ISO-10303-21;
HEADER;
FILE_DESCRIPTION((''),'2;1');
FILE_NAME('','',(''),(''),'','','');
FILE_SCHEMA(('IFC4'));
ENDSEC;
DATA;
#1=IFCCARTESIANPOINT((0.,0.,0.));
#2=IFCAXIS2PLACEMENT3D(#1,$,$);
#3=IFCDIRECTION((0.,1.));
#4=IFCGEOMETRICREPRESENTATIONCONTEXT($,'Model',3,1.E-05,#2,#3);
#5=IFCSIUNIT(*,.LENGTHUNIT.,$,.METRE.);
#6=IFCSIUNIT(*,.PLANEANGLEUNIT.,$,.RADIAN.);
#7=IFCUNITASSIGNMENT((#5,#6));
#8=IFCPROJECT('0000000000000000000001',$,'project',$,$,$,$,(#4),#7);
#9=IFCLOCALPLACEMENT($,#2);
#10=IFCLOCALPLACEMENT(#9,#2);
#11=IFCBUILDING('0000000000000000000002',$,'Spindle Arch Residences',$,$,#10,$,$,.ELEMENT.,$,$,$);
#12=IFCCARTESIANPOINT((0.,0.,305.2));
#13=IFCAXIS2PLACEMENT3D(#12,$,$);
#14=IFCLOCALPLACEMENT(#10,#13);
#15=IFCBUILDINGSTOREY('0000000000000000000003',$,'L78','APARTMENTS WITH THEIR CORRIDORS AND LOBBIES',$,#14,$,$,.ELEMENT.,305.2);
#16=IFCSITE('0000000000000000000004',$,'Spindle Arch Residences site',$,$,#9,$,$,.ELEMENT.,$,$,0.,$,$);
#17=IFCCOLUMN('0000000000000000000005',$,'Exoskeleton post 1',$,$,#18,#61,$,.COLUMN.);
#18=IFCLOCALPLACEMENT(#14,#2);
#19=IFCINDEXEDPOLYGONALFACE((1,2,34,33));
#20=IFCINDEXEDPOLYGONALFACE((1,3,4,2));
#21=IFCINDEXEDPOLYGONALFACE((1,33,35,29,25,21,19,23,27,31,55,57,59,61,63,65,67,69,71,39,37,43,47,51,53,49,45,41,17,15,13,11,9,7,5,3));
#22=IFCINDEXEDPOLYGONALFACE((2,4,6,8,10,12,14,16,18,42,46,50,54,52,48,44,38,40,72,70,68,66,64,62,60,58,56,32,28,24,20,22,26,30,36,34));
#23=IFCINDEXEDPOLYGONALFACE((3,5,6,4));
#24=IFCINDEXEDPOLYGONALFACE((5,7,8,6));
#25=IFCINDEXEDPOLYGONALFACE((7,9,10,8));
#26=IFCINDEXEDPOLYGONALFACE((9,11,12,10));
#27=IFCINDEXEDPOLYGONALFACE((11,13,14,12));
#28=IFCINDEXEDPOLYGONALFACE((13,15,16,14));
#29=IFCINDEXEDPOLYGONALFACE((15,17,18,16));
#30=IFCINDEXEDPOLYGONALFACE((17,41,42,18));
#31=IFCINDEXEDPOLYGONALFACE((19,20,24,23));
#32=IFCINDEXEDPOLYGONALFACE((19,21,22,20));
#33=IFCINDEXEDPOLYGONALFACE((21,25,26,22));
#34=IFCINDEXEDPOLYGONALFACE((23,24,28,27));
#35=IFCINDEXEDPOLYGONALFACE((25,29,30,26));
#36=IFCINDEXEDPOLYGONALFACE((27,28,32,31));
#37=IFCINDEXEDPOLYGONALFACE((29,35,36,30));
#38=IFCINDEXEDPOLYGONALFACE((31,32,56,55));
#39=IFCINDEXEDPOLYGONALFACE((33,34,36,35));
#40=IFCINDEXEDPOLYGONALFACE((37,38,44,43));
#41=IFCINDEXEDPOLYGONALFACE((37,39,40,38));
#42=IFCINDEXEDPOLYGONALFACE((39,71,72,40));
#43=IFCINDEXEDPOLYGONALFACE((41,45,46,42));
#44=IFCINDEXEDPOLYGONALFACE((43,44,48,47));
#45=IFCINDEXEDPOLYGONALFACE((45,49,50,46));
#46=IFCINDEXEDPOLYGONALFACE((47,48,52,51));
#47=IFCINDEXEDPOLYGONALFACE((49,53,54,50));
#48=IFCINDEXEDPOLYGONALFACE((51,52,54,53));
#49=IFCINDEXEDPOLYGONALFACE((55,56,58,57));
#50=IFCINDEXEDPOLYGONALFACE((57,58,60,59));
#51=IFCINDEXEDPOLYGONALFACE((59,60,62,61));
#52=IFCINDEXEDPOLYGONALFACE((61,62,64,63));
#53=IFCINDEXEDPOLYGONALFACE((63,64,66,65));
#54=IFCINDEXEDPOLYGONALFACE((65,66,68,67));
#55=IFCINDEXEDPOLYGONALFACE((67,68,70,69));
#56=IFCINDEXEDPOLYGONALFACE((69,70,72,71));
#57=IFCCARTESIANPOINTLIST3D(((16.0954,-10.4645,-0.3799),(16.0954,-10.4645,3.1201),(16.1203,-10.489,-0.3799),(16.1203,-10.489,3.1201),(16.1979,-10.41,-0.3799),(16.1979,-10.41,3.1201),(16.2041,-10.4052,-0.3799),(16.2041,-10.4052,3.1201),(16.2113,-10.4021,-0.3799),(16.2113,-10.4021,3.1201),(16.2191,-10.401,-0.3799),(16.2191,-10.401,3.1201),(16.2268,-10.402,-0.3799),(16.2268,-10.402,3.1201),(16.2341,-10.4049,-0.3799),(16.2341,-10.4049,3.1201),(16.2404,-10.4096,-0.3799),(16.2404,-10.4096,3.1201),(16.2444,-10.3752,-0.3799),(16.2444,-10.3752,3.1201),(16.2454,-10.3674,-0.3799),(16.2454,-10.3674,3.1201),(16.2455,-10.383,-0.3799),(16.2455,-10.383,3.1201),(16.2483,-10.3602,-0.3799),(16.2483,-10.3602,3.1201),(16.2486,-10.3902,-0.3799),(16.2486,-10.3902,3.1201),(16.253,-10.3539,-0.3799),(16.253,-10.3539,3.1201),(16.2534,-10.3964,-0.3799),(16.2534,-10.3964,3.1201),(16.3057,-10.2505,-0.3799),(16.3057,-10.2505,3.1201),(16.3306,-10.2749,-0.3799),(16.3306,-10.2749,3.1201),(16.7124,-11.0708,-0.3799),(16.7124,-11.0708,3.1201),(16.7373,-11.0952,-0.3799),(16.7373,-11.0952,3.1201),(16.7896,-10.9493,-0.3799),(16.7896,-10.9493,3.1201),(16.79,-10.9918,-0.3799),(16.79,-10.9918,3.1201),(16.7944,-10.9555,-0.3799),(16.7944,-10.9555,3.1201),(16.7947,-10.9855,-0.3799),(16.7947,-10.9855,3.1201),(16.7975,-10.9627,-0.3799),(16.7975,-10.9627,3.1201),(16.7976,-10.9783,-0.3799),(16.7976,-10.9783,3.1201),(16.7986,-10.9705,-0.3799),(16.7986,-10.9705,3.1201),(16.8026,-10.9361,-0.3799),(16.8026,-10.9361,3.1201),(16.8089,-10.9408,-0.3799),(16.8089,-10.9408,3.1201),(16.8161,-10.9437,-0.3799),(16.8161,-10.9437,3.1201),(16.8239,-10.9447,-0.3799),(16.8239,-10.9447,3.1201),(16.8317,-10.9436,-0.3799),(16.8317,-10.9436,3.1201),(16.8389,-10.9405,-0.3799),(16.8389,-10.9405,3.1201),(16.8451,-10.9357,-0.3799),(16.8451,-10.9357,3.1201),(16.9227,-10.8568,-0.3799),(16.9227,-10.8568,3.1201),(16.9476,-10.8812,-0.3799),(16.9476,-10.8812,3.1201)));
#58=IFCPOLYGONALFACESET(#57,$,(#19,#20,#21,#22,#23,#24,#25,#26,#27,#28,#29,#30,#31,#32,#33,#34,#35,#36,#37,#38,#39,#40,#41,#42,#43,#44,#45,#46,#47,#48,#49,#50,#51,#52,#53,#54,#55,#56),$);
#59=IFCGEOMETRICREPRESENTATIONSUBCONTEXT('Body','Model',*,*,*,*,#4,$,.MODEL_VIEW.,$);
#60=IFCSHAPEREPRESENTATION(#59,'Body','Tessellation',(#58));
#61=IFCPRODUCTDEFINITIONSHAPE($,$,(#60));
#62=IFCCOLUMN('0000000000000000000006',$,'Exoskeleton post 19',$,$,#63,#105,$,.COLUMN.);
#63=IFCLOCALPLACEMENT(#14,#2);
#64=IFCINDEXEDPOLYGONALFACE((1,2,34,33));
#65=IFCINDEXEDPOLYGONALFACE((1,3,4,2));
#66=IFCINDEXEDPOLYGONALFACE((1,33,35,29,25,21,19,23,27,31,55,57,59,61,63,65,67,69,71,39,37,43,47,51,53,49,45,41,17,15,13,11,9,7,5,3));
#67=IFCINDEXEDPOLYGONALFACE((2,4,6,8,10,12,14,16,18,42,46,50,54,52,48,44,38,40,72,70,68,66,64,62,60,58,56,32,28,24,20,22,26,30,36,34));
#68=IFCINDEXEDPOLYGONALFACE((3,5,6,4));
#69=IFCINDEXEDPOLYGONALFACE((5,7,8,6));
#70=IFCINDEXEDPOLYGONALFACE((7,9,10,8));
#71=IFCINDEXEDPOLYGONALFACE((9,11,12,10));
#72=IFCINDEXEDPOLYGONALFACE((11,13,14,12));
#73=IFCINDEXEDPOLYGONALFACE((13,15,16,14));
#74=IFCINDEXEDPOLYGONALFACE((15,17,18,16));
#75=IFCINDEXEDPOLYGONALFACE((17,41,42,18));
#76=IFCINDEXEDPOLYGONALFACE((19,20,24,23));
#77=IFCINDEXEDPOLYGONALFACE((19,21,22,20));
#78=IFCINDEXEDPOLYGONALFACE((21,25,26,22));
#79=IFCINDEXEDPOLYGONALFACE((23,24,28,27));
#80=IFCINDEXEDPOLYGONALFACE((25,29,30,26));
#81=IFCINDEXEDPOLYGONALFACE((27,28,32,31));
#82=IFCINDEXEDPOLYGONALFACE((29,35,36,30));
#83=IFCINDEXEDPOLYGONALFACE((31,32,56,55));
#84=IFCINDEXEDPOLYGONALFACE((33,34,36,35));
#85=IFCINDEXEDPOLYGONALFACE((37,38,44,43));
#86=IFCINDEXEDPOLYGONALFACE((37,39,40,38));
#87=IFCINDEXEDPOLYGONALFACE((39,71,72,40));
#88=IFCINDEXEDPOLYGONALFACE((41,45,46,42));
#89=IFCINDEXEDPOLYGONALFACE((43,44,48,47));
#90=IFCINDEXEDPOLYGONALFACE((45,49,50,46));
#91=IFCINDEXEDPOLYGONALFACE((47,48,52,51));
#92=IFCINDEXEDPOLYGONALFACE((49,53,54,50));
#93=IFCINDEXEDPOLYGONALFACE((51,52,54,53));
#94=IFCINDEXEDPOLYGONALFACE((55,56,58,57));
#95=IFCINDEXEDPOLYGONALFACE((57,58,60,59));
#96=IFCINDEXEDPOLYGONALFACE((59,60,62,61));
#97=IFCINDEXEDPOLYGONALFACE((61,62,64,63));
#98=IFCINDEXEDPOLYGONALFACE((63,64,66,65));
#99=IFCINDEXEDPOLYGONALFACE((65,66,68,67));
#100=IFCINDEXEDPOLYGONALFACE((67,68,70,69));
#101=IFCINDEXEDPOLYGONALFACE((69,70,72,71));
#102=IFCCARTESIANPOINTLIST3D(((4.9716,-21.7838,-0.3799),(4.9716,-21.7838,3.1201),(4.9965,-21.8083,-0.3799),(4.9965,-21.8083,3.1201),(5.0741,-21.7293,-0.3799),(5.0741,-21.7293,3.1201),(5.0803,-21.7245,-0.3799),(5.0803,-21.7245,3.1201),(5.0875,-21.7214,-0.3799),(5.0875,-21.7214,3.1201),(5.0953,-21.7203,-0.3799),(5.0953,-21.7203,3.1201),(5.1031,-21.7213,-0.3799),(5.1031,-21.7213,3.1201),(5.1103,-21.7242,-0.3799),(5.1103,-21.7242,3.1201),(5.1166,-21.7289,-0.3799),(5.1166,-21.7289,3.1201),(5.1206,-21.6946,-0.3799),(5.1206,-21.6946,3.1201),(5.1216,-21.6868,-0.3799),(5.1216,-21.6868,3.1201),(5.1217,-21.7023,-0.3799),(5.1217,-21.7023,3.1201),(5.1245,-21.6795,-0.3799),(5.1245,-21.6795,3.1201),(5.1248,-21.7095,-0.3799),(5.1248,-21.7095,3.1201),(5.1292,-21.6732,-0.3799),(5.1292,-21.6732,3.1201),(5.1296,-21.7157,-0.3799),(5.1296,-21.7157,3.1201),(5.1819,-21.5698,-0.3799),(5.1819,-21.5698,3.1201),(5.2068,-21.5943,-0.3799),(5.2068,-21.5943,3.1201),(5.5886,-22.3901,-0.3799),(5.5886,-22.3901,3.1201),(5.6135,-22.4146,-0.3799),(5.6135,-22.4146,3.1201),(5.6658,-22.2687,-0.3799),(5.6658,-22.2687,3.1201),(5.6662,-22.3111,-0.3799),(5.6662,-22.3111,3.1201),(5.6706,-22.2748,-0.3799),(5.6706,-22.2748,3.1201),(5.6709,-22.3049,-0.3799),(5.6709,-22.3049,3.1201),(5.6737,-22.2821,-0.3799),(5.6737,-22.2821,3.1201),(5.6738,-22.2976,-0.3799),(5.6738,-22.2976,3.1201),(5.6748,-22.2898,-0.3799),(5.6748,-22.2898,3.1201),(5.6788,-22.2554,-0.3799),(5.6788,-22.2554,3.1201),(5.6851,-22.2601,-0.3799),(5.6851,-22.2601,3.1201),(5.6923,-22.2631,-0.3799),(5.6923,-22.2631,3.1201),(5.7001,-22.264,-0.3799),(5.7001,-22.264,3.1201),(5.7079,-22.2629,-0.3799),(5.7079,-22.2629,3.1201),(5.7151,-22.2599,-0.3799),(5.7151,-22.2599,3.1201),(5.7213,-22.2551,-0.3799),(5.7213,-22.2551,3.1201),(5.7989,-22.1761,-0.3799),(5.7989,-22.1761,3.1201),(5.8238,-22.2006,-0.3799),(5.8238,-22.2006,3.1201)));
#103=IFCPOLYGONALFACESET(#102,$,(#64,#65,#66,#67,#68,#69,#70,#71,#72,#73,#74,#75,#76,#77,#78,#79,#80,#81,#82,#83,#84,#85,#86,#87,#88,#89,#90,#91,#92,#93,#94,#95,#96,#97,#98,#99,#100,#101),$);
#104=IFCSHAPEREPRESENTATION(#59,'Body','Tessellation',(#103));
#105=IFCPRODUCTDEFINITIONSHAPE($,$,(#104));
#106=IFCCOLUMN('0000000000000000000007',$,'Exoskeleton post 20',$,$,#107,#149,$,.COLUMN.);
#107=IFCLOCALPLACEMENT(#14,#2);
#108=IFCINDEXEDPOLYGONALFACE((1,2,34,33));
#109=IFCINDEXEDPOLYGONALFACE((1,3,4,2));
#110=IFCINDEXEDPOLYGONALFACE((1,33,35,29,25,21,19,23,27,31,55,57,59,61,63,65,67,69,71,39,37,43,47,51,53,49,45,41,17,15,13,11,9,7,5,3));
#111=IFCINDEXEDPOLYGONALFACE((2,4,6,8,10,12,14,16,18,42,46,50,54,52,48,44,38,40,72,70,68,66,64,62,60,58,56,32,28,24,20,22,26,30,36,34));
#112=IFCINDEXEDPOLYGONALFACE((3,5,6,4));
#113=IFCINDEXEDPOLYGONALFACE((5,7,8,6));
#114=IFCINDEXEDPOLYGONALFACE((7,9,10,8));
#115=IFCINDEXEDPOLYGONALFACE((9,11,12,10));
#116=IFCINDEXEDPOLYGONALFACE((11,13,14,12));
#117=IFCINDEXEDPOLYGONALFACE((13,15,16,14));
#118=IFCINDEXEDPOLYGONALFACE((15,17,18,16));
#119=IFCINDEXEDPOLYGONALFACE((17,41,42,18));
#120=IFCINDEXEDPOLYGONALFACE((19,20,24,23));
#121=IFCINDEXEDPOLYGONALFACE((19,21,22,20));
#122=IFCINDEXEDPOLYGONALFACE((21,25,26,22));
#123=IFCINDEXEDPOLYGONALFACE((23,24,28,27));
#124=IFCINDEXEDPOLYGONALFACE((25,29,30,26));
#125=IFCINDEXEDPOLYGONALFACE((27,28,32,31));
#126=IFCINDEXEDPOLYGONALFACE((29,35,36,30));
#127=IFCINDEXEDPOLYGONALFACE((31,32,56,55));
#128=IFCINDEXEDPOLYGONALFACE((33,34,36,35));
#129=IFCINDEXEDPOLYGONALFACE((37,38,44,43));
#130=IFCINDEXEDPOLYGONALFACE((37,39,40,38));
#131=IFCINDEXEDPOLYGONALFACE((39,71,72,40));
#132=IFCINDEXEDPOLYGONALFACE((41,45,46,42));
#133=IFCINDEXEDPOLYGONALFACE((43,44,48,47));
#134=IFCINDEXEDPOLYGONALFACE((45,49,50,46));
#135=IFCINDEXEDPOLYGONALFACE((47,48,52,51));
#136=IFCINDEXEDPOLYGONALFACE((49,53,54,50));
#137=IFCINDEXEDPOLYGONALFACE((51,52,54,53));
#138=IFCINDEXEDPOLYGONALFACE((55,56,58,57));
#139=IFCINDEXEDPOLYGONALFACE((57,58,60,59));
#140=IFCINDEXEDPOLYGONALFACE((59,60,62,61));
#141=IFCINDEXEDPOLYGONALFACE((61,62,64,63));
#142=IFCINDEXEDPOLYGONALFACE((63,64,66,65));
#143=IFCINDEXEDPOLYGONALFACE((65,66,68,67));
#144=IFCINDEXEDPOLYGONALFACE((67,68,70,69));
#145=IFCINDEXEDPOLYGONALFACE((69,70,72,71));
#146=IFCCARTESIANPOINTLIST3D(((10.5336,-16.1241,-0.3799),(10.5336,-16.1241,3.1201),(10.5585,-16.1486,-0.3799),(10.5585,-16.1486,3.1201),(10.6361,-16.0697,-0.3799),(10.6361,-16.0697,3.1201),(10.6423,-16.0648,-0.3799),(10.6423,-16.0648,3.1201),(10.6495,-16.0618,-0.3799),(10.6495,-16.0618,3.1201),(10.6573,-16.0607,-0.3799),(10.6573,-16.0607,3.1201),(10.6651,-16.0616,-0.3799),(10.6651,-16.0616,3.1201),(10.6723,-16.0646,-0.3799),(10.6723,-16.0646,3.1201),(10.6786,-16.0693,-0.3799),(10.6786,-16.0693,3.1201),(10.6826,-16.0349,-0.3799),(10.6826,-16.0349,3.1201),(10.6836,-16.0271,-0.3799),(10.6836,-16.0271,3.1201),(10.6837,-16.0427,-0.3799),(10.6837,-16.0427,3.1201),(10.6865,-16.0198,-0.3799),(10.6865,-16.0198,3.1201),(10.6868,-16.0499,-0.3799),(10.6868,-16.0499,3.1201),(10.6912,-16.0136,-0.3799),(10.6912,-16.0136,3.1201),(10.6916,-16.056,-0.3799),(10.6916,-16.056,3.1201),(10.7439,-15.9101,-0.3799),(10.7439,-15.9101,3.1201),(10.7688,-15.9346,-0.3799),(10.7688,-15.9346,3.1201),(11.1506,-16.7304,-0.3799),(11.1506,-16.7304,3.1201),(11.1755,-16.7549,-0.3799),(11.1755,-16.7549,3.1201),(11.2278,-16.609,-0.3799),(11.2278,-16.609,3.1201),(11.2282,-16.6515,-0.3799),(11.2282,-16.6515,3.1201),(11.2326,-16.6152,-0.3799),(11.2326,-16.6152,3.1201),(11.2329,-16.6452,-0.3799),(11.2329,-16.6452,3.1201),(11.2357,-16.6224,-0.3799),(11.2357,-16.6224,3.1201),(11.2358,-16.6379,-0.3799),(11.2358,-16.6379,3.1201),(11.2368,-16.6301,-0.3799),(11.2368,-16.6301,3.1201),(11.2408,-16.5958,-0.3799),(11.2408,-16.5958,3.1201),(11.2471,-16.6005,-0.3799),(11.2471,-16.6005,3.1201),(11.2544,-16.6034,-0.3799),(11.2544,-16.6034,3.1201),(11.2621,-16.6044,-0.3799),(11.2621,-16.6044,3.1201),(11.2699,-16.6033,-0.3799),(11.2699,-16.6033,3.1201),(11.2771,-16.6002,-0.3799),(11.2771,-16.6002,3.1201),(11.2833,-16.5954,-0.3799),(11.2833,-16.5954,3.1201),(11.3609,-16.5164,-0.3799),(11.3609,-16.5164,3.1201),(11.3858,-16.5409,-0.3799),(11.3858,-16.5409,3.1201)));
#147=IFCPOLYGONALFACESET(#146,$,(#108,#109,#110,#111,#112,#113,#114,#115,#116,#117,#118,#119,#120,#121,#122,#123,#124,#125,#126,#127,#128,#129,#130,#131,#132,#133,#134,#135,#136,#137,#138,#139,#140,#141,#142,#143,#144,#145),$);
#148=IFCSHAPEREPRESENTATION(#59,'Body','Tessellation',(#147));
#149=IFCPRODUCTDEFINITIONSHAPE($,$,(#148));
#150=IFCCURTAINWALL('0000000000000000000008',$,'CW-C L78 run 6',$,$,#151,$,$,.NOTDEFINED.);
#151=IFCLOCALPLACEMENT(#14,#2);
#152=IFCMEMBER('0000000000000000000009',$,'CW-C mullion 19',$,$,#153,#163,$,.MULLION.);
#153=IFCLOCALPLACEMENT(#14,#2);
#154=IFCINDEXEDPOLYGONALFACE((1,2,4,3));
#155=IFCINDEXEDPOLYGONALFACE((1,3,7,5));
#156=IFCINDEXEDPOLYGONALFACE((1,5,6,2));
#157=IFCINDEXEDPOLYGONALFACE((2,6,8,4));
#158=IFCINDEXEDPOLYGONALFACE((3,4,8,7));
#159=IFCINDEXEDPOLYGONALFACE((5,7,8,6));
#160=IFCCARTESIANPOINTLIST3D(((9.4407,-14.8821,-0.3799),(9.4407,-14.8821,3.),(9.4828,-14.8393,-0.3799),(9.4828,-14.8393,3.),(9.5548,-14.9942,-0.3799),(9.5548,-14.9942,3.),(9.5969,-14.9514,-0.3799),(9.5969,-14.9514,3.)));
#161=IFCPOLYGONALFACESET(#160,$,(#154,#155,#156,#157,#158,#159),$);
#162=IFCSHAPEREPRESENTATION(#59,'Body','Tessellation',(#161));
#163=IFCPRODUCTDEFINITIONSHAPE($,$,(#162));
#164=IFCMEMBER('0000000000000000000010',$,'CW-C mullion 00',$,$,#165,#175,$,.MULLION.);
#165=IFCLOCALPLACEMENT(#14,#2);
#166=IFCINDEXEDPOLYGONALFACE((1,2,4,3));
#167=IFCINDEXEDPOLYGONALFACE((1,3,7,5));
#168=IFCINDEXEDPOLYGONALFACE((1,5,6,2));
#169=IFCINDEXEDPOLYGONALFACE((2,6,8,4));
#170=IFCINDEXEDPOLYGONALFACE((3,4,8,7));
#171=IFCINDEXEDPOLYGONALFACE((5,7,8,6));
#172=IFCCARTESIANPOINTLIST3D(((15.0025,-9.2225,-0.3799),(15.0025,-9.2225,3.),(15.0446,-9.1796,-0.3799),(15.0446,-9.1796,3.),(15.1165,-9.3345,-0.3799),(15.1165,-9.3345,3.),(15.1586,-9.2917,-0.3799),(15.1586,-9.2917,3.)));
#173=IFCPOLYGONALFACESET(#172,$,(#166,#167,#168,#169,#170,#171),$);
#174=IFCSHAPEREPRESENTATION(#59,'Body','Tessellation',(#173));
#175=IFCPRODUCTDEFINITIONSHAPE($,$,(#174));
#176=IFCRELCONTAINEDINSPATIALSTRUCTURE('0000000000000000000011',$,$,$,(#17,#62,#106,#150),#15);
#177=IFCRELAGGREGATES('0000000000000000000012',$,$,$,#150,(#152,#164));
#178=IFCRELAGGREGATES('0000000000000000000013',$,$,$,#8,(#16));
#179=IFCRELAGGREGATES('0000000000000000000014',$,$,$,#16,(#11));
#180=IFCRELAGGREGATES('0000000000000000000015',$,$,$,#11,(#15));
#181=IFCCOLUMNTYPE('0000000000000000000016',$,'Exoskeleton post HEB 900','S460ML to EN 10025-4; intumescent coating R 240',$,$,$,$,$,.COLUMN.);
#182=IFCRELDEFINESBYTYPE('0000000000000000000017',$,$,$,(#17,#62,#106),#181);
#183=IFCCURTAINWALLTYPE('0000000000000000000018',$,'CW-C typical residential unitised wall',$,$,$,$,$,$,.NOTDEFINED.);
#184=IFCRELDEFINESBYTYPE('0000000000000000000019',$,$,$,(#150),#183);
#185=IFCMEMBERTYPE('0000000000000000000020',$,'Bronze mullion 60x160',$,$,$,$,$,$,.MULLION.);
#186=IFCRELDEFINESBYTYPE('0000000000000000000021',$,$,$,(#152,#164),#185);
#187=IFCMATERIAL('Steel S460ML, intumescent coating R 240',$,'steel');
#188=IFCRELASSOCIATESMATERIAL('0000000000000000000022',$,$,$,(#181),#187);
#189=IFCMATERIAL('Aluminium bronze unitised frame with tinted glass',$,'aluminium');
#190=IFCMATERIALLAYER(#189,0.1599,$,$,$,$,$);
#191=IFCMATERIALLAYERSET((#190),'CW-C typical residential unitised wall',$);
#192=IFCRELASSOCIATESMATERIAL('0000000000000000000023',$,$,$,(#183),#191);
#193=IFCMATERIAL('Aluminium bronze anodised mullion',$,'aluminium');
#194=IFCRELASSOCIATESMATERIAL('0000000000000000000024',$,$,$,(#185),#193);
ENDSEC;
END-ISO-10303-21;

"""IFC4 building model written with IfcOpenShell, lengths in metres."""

from ifc_helpers import new_model, si_unit, direction, frame, origin, origin_2d, place, context, subcontext, project, spatial, rectangle, i_section, extrude, material, layer, layer_set, material_profile, profile_set, type_object, element, aggregate, save


model = new_model("IFC4")

# Units and contexts
model_context = context("Model", 3, precision=1e-05, world=origin(), true_north=direction((0.0, 1.0)))
body_context = subcontext(model_context, "Body", "Model", "MODEL_VIEW")
ifc_project = project(units=[si_unit("LENGTHUNIT", "METRE"), si_unit("PLANEANGLEUNIT", "RADIAN")], contexts=[model_context])

# Site, building, storey
site_placement = place(None, origin())
site = spatial("IfcSite", under=ifc_project, at=site_placement, Name="Spindle Arch Residences site", CompositionType="ELEMENT", RefElevation=0.0)
building_placement = place(site_placement, origin())
building = spatial("IfcBuilding", under=site, at=building_placement, Name="Spindle Arch Residences", CompositionType="ELEMENT")
storey_placement = place(building_placement, frame((0.0, 0.0, 305.2)))
storey = spatial("IfcBuildingStorey", under=building, at=storey_placement, Name="L78", Description="APARTMENTS WITH THEIR CORRIDORS AND LOBBIES", CompositionType="ELEMENT", Elevation=305.2)

# Columns
ifc_material_1 = material(Name="Steel S460ML, intumescent coating R 240", Category="steel")
ifc_material_profile_1 = material_profile(ifc_material_1, i_section(OverallWidth=0.3, OverallDepth=0.8999, WebThickness=0.0186, FlangeThickness=0.0349, FilletRadius=0.03, at=origin_2d()), Name="HEB 900")
ifc_profile_set_1 = profile_set([ifc_material_profile_1], Name="Steel S460ML, intumescent coating R 240")
column_type = type_object("IfcColumnType", Name="Exoskeleton post HEB 900", Description="S460ML to EN 10025-4; intumescent coating R 240", PredefinedType="COLUMN", material=ifc_profile_set_1)
for number, where, z_axis, x_axis, name in (
    (1, (16.5215, -10.6729, -0.3799), (0.0, 0.0, 1.0), (-0.700909, -0.71325, 0.0), "Exoskeleton post 1"),
    (2, (5.3977, -21.9922, -0.3799), (0.0, 0.0, 1.0), (-0.700909, -0.71325, 0.0), "Exoskeleton post 19"),
    (3, (10.9597, -16.3325, -0.3799), (0.0, 0.0, 1.0), (-0.700909, -0.71325, 0.0), "Exoskeleton post 20"),
):
    element("IfcColumn", number, at=place(storey_placement, frame(where, z_axis=z_axis, x_axis=x_axis)), inside=storey, type_object=column_type, Name=name, PredefinedType="COLUMN", context=body_context, shape_type="SweptSolid", body=[
        extrude(i_section(OverallWidth=0.3, OverallDepth=0.8999, WebThickness=0.0186, FlangeThickness=0.0349, FilletRadius=0.03, at=origin_2d()), origin(), (0.0, 0.0, 1.0), 3.5),
    ])

# Curtain wall, members
ifc_material_2 = material(Name="Aluminium bronze unitised frame with tinted glass", Category="aluminium")
ifc_layer_1 = layer(ifc_material_2, 0.1599)
ifc_layer_set_1 = layer_set([ifc_layer_1], Name="CW-C typical residential unitised wall")
curtain_wall_type = type_object("IfcCurtainWallType", Name="CW-C typical residential unitised wall", PredefinedType="NOTDEFINED", material=ifc_layer_set_1)
curtain_wall_placement = place(storey_placement, origin())
curtain_wall = element("IfcCurtainWall", 4, at=curtain_wall_placement, inside=storey, type_object=curtain_wall_type, Name="CW-C L78 run 6", PredefinedType="NOTDEFINED")
ifc_material_3 = material(Name="Aluminium bronze anodised mullion", Category="aluminium")
ifc_material_profile_2 = material_profile(ifc_material_3, rectangle(XDim=0.1599, YDim=0.0601, at=origin_2d()), Name="MU 60x160")
ifc_profile_set_2 = profile_set([ifc_material_profile_2], Name="Aluminium bronze anodised mullion")
member_type = type_object("IfcMemberType", Name="Bronze mullion 60x160", PredefinedType="MULLION", material=ifc_profile_set_2)
member_1_placement = place(storey_placement, frame((9.5188, -14.9167, -0.3799), z_axis=(0.0, 0.0, 1.0), x_axis=(-0.71325, 0.700909, 0.0)))
member_1 = element("IfcMember", 5, at=member_1_placement, type_object=member_type, Name="CW-C mullion 19", PredefinedType="MULLION", context=body_context, shape_type="SweptSolid", body=[
    extrude(rectangle(XDim=0.1599, YDim=0.0601, at=origin_2d()), origin(), (0.0, 0.0, 1.0), 3.3799),
])
member_2_placement = place(storey_placement, frame((15.0806, -9.2571, -0.3799), z_axis=(0.0, 0.0, 1.0), x_axis=(-0.71325, 0.700909, 0.0)))
member_2 = element("IfcMember", 6, at=member_2_placement, type_object=member_type, Name="CW-C mullion 00", PredefinedType="MULLION", context=body_context, shape_type="SweptSolid", body=[
    extrude(rectangle(XDim=0.1599, YDim=0.0601, at=origin_2d()), origin(), (0.0, 0.0, 1.0), 3.3799),
])

aggregate(curtain_wall, [member_1, member_2])

save(model, "model.ifc")
